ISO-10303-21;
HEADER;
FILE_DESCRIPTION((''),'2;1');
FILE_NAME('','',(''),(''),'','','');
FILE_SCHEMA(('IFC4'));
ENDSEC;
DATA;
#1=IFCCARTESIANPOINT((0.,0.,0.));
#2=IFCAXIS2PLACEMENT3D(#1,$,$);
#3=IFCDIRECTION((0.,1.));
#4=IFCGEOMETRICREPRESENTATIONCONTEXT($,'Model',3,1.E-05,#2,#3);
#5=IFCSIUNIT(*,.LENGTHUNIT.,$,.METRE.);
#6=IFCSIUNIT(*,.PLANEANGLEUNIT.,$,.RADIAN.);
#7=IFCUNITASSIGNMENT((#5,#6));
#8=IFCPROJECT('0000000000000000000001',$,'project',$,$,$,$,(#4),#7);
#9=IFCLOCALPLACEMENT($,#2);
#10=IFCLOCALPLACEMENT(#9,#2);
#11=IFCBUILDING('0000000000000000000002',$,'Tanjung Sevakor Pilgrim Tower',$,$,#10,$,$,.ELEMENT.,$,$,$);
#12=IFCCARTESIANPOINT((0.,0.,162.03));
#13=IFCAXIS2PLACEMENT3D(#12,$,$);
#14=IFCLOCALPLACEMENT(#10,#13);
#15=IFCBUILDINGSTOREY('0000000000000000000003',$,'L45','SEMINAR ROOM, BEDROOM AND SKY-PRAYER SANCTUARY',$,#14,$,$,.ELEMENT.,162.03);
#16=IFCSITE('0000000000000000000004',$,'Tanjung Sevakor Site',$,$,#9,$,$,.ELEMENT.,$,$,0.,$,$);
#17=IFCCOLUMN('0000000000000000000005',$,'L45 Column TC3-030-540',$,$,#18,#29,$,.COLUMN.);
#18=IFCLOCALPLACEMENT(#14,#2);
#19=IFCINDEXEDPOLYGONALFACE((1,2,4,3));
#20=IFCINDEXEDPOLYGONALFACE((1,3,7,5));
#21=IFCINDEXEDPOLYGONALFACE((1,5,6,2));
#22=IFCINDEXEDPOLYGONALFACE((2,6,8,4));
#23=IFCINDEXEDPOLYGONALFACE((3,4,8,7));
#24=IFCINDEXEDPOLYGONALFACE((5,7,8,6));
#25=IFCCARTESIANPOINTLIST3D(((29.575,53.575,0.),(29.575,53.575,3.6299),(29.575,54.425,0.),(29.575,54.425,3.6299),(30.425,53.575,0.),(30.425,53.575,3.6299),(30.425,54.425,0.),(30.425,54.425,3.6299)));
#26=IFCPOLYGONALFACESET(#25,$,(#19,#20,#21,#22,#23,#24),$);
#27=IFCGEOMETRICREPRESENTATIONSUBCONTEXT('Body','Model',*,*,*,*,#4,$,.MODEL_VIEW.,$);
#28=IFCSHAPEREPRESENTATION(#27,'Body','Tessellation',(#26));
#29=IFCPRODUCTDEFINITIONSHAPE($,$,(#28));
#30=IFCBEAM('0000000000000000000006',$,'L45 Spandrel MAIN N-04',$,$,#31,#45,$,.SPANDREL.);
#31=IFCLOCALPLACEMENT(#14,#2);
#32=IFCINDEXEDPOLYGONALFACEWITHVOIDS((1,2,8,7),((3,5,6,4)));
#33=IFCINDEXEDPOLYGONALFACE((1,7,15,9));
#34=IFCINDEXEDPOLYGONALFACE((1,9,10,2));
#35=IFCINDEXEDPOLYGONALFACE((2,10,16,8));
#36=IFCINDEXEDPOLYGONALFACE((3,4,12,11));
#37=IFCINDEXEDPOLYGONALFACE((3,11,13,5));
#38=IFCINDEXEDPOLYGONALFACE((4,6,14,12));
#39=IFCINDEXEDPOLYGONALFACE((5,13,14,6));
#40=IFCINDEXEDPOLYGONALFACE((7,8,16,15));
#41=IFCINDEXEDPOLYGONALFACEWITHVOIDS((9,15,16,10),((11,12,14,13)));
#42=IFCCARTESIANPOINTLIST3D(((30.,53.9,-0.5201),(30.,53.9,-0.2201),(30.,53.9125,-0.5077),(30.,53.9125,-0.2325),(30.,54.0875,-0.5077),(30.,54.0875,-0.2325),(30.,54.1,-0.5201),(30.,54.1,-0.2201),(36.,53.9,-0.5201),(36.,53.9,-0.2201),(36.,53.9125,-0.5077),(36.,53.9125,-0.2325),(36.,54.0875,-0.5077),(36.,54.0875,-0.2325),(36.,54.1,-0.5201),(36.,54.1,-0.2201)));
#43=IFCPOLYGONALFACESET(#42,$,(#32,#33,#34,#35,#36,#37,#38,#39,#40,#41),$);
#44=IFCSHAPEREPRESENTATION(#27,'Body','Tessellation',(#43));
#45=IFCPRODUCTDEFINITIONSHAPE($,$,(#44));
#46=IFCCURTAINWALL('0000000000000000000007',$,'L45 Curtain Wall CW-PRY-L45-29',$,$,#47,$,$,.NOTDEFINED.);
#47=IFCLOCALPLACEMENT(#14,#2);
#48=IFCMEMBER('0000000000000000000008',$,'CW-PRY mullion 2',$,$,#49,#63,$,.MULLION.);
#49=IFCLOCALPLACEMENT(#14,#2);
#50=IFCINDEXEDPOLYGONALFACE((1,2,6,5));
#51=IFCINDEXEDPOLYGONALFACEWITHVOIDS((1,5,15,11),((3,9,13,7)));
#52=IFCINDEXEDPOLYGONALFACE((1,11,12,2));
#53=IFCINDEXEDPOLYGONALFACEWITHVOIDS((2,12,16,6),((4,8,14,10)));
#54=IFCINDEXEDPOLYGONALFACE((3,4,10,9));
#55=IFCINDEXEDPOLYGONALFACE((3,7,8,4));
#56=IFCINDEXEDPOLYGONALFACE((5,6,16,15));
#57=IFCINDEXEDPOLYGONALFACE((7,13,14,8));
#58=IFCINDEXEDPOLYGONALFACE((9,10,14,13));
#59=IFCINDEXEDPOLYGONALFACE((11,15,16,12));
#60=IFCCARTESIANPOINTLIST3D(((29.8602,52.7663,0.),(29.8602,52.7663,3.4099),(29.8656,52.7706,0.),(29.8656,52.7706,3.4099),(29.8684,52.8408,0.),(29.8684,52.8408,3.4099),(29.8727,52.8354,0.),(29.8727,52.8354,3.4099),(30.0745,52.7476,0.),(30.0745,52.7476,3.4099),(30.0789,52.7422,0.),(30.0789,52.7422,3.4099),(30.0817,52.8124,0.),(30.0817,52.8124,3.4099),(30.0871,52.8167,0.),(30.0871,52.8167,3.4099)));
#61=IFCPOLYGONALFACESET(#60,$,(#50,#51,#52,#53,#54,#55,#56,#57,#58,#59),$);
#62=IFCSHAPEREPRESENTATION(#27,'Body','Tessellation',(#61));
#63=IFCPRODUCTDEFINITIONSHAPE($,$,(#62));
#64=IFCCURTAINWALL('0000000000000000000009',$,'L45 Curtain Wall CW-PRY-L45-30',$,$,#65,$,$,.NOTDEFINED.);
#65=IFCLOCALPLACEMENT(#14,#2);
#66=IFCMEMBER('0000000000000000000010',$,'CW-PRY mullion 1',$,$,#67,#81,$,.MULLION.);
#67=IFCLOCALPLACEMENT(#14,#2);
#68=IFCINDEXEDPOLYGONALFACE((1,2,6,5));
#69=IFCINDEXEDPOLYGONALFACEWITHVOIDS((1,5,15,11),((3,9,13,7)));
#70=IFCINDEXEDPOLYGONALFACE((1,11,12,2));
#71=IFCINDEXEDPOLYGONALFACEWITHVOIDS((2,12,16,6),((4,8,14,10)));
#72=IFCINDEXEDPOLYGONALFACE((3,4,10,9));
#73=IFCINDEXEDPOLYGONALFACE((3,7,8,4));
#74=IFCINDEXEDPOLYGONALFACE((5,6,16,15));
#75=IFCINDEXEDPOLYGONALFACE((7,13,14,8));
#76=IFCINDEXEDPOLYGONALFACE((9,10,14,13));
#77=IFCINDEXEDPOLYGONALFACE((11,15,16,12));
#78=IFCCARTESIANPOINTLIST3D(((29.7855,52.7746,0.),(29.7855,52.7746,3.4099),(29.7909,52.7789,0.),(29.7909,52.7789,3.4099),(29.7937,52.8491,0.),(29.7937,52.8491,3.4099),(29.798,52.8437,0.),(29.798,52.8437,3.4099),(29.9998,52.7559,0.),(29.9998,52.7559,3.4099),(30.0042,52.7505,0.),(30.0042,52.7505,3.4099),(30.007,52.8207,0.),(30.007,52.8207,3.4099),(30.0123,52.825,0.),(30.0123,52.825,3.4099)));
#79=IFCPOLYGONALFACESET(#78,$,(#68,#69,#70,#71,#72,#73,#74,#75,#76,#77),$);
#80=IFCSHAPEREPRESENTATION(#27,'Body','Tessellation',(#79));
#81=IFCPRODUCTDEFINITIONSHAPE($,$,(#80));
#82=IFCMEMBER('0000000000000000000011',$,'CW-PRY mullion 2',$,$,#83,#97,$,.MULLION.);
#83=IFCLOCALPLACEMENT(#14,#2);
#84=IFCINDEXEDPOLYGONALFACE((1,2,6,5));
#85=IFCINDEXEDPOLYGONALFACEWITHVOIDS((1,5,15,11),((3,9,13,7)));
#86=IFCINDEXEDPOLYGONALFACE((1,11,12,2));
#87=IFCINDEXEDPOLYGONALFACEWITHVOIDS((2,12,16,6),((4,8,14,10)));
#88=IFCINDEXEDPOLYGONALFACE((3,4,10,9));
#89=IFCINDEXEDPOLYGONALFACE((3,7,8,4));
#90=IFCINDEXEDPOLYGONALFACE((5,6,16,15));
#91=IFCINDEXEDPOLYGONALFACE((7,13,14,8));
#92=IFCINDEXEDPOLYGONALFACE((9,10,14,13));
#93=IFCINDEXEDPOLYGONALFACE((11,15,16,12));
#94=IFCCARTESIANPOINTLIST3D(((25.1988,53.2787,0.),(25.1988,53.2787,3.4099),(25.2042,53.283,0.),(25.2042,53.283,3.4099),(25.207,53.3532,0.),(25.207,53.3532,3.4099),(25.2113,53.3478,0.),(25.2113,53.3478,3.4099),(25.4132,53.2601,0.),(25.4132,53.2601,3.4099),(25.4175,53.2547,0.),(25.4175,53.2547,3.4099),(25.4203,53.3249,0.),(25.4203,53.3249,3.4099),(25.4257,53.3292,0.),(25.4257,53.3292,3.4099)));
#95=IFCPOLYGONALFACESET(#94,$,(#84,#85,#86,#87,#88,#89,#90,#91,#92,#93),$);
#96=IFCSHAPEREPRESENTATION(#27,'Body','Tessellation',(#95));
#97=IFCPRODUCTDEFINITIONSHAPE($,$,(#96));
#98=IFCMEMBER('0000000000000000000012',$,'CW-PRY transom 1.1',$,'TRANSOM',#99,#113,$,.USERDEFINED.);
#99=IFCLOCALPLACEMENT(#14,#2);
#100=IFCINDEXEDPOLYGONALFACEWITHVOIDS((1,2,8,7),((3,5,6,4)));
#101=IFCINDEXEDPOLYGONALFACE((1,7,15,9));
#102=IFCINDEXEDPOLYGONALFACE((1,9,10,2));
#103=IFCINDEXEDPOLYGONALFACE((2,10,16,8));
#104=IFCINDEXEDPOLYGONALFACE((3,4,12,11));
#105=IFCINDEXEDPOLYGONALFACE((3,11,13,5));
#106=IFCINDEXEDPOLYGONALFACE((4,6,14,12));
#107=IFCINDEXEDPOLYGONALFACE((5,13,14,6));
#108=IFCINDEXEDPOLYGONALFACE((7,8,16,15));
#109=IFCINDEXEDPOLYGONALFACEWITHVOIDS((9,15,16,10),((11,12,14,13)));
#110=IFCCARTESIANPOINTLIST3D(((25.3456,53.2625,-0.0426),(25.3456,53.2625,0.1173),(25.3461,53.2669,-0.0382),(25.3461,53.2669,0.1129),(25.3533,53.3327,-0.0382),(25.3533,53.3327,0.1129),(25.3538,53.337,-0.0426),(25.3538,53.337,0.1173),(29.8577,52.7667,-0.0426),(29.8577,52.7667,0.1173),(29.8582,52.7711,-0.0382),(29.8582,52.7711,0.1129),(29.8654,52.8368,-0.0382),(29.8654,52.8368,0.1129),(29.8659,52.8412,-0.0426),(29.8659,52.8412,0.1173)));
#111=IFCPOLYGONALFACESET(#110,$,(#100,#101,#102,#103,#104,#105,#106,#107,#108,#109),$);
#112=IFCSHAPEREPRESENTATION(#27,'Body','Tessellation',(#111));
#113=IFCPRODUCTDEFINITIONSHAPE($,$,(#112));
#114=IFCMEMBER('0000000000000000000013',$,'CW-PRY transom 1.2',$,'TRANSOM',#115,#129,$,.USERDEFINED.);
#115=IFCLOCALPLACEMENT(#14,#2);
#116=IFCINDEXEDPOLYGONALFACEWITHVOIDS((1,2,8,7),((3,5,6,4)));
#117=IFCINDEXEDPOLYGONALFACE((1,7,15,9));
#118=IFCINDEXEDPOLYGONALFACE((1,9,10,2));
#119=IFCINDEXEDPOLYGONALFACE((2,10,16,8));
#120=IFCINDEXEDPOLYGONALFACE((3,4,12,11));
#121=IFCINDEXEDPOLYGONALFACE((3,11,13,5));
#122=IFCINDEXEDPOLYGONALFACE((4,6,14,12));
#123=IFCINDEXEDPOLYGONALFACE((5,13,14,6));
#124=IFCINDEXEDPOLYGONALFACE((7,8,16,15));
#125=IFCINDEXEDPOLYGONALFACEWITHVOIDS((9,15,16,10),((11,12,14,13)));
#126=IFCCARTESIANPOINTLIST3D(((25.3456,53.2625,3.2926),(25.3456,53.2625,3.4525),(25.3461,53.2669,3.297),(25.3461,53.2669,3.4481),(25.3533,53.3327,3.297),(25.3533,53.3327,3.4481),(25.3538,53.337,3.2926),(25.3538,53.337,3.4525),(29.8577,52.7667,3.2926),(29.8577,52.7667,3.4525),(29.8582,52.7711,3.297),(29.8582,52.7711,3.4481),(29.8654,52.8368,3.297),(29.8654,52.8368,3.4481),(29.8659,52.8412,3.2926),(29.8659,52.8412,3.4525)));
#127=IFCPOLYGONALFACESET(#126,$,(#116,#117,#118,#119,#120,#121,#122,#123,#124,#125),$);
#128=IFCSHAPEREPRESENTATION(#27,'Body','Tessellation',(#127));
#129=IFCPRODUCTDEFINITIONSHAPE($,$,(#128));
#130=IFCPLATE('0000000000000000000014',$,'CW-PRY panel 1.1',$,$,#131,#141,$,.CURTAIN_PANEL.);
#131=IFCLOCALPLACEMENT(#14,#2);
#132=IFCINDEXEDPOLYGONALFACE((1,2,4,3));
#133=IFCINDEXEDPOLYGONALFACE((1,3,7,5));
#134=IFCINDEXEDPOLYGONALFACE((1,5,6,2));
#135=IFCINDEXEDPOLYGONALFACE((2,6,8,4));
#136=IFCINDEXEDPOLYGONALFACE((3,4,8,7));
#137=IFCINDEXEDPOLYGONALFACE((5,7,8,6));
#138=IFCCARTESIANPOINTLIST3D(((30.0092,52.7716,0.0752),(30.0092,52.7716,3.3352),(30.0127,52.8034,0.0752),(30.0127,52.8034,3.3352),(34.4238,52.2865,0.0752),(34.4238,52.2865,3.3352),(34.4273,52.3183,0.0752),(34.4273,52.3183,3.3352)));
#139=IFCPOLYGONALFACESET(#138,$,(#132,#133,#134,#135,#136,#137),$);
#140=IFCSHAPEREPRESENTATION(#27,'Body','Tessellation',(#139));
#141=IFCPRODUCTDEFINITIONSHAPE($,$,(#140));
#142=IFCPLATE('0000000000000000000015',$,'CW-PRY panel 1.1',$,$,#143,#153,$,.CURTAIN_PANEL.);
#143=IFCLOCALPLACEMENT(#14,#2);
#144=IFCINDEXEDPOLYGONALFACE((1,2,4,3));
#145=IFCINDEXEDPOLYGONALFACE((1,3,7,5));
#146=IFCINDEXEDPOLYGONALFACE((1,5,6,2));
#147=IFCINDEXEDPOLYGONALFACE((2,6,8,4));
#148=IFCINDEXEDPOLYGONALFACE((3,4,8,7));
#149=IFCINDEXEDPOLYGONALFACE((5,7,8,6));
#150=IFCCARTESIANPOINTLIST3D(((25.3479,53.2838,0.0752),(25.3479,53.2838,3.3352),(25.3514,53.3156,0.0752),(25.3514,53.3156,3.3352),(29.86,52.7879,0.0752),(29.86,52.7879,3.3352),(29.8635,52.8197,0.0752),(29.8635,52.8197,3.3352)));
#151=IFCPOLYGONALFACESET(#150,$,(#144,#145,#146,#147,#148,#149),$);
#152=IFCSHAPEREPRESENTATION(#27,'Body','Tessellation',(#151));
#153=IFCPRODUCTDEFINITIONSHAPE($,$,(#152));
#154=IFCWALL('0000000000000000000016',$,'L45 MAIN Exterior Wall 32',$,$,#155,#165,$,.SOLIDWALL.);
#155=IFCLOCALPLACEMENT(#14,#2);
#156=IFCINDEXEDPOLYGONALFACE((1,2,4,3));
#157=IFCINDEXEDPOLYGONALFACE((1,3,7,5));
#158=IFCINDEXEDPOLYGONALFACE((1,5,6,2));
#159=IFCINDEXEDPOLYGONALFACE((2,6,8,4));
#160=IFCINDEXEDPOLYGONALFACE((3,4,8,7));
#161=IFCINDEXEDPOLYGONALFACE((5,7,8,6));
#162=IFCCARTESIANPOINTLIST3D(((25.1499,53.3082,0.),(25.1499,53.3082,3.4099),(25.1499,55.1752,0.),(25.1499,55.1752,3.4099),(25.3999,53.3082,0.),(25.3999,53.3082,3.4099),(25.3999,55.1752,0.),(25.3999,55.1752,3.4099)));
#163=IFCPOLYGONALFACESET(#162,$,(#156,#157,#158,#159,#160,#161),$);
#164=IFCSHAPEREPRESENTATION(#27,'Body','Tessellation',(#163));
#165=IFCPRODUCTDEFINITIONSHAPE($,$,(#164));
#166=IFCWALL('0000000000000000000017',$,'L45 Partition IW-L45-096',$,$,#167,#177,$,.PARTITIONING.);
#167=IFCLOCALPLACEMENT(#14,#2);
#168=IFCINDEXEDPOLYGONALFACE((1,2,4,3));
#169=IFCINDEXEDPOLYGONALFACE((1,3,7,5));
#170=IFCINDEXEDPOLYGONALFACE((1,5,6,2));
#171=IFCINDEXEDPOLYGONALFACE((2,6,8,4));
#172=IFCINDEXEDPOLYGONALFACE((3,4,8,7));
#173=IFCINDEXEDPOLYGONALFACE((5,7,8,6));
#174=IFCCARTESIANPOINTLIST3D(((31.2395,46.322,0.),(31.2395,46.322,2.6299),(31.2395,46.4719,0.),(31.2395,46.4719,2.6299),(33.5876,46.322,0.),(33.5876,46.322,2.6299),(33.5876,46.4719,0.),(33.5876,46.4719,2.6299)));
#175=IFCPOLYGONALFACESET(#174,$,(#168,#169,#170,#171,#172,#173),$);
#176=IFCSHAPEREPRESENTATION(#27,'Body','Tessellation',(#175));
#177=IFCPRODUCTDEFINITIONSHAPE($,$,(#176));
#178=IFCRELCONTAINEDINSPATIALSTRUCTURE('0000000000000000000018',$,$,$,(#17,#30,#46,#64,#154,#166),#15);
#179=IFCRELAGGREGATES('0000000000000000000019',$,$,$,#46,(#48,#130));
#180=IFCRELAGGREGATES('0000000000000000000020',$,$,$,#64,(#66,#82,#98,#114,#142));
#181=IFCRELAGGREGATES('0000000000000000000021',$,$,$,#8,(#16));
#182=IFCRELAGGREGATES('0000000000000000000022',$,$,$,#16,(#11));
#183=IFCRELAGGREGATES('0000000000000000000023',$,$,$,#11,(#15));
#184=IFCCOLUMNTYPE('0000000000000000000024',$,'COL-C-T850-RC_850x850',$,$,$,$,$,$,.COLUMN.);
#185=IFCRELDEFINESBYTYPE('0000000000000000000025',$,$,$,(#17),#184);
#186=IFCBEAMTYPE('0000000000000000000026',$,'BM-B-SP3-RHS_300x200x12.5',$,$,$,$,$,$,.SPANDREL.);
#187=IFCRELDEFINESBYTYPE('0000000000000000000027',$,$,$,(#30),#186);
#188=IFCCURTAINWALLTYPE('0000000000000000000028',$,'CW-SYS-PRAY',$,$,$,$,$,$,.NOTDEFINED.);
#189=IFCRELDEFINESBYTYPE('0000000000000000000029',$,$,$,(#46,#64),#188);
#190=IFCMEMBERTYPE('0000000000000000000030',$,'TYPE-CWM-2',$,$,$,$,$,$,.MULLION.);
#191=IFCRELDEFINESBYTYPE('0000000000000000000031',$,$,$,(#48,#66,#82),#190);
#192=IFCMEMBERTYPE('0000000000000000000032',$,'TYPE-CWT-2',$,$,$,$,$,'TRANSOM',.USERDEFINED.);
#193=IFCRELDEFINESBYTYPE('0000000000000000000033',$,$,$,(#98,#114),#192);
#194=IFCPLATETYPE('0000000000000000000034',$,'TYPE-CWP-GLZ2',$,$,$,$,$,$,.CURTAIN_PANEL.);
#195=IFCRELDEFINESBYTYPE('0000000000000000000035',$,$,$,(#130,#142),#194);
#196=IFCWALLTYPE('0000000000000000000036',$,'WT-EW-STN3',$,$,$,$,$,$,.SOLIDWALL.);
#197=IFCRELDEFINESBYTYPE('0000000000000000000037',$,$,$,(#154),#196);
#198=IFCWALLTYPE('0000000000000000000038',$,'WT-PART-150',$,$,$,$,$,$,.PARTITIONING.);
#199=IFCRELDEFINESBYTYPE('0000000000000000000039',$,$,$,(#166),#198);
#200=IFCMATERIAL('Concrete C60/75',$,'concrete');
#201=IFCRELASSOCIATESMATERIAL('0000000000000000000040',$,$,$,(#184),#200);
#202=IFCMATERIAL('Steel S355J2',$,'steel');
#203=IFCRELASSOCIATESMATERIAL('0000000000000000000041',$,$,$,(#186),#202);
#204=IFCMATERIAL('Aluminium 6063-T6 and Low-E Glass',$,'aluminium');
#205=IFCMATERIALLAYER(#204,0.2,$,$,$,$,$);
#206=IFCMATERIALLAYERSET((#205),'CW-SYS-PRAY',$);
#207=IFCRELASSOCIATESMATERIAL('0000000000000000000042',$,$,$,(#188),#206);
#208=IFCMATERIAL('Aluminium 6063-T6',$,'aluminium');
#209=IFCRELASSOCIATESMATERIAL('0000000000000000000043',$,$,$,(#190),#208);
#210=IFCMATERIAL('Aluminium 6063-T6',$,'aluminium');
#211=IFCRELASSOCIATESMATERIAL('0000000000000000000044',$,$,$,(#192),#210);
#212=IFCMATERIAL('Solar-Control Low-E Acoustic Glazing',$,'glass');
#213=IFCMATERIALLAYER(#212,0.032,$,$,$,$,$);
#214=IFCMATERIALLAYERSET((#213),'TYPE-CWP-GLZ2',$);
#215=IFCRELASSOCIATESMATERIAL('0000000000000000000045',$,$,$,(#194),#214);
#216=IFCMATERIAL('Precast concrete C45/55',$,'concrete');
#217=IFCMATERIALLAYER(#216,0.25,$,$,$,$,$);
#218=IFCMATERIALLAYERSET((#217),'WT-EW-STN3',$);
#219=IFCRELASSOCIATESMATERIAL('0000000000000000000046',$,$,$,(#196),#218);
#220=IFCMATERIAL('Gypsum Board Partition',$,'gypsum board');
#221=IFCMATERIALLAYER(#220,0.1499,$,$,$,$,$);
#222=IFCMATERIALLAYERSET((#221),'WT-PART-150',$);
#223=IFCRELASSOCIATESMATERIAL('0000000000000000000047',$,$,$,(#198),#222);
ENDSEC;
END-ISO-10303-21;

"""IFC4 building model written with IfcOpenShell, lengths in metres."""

from ifc_helpers import new_model, si_unit, direction, frame, frame_2d, origin, origin_2d, place, context, subcontext, project, spatial, rectangle, hollow_rectangle, extrude, material, layer, layer_set, material_profile, profile_set, type_object, element, aggregate, save


model = new_model("IFC4")

# Units and contexts
model_context = context("Model", 3, precision=1e-05, world=origin(), true_north=direction((0.0, 1.0)))
body_context = subcontext(model_context, "Body", "Model", "MODEL_VIEW")
ifc_project = project(units=[si_unit("LENGTHUNIT", "METRE"), si_unit("PLANEANGLEUNIT", "RADIAN")], contexts=[model_context])

# Site, building, storey
site_placement = place(None, origin())
site = spatial("IfcSite", under=ifc_project, at=site_placement, Name="Tanjung Sevakor Site", CompositionType="ELEMENT", RefElevation=0.0)
building_placement = place(site_placement, origin())
building = spatial("IfcBuilding", under=site, at=building_placement, Name="Tanjung Sevakor Pilgrim Tower", CompositionType="ELEMENT")
storey_placement = place(building_placement, frame((0.0, 0.0, 162.03)))
storey = spatial("IfcBuildingStorey", under=building, at=storey_placement, Name="L45", Description="SEMINAR ROOM, BEDROOM AND SKY-PRAYER SANCTUARY", CompositionType="ELEMENT", Elevation=162.03)

# Column
ifc_material_1 = material(Name="Concrete C60/75", Category="concrete")
ifc_material_profile_1 = material_profile(ifc_material_1, rectangle(XDim=0.8501, YDim=0.8501, at=origin_2d()))
ifc_profile_set_1 = profile_set([ifc_material_profile_1], Name="Concrete C60/75")
column_type = type_object("IfcColumnType", Name="COL-C-T850-RC_850x850", PredefinedType="COLUMN", material=ifc_profile_set_1)
column_placement = place(storey_placement, frame((30.0, 54.0, 0.0), z_axis=(0.0, 0.0, 1.0), x_axis=(1.0, 0.0, 0.0)))
element("IfcColumn", 1, at=column_placement, inside=storey, type_object=column_type, Name="L45 Column TC3-030-540", PredefinedType="COLUMN", context=body_context, shape_type="SweptSolid", body=[
    extrude(rectangle(XDim=0.8501, YDim=0.8501, at=origin_2d()), origin(), (0.0, 0.0, 1.0), 3.6299),
])

# Beam
ifc_material_2 = material(Name="Steel S355J2", Category="steel")
ifc_material_profile_2 = material_profile(ifc_material_2, hollow_rectangle(XDim=0.2, YDim=0.3, WallThickness=0.0125, at=origin_2d()))
ifc_profile_set_2 = profile_set([ifc_material_profile_2], Name="Steel S355J2")
beam_type = type_object("IfcBeamType", Name="BM-B-SP3-RHS_300x200x12.5", PredefinedType="SPANDREL", material=ifc_profile_set_2)
beam_placement = place(storey_placement, frame((30.0, 54.0, -0.3701), z_axis=(1.0, 0.0, 0.0), x_axis=(0.0, 1.0, 0.0)))
element("IfcBeam", 2, at=beam_placement, inside=storey, type_object=beam_type, Name="L45 Spandrel MAIN N-04", PredefinedType="SPANDREL", context=body_context, shape_type="SweptSolid", body=[
    extrude(hollow_rectangle(XDim=0.2, YDim=0.3, WallThickness=0.0125, at=origin_2d()), origin(), (0.0, 0.0, 1.0), 6.0),
])

# Curtain wall, member
ifc_material_3 = material(Name="Aluminium 6063-T6 and Low-E Glass", Category="aluminium")
ifc_layer_1 = layer(ifc_material_3, 0.2)
ifc_layer_set_1 = layer_set([ifc_layer_1], Name="CW-SYS-PRAY")
curtain_wall_type = type_object("IfcCurtainWallType", Name="CW-SYS-PRAY", PredefinedType="NOTDEFINED", material=ifc_layer_set_1)
curtain_wall_1_placement = place(storey_placement, origin())
curtain_wall_1 = element("IfcCurtainWall", 3, at=curtain_wall_1_placement, inside=storey, type_object=curtain_wall_type, Name="L45 Curtain Wall CW-PRY-L45-29", PredefinedType="NOTDEFINED")
ifc_material_4 = material(Name="Aluminium 6063-T6", Category="aluminium")
ifc_material_profile_3 = material_profile(ifc_material_4, hollow_rectangle(XDim=0.075, YDim=0.22, WallThickness=0.0049, at=origin_2d()))
ifc_profile_set_3 = profile_set([ifc_material_profile_3], Name="Aluminium 6063-T6")
member_type_1 = type_object("IfcMemberType", Name="TYPE-CWM-2", PredefinedType="MULLION", material=ifc_profile_set_3)
member_1_placement = place(storey_placement, frame((29.9736, 52.7915, 0.0), z_axis=(0.0, 0.0, 1.0), x_axis=(-0.109231, -0.994016, 0.0)))
member_1 = element("IfcMember", 4, at=member_1_placement, type_object=member_type_1, Name="CW-PRY mullion 2", PredefinedType="MULLION", context=body_context, shape_type="SweptSolid", body=[
    extrude(hollow_rectangle(XDim=0.075, YDim=0.22, WallThickness=0.0049, at=origin_2d()), origin(), (0.0, 0.0, 1.0), 3.4099),
])

# Curtain wall, members
curtain_wall_2_placement = place(storey_placement, origin())
curtain_wall_2 = element("IfcCurtainWall", 5, at=curtain_wall_2_placement, inside=storey, type_object=curtain_wall_type, Name="L45 Curtain Wall CW-PRY-L45-30", PredefinedType="NOTDEFINED")
member_2_placement = place(storey_placement, frame((29.8989, 52.7998, 0.0), z_axis=(0.0, 0.0, 1.0), x_axis=(-0.109247, -0.994015, 0.0)))
member_2 = element("IfcMember", 6, at=member_2_placement, type_object=member_type_1, Name="CW-PRY mullion 1", PredefinedType="MULLION", context=body_context, shape_type="SweptSolid", body=[
    extrude(hollow_rectangle(XDim=0.075, YDim=0.22, WallThickness=0.0049, at=origin_2d()), origin(), (0.0, 0.0, 1.0), 3.4099),
])
member_3_placement = place(storey_placement, frame((25.3123, 53.304, 0.0), z_axis=(0.0, 0.0, 1.0), x_axis=(-0.109247, -0.994015, 0.0)))
member_3 = element("IfcMember", 7, at=member_3_placement, type_object=member_type_1, Name="CW-PRY mullion 2", PredefinedType="MULLION", context=body_context, shape_type="SweptSolid", body=[
    extrude(hollow_rectangle(XDim=0.075, YDim=0.22, WallThickness=0.0049, at=origin_2d()), origin(), (0.0, 0.0, 1.0), 3.4099),
])
ifc_material_5 = material(Name="Aluminium 6063-T6", Category="aluminium")
ifc_material_profile_4 = material_profile(ifc_material_5, hollow_rectangle(XDim=0.075, YDim=0.1599, WallThickness=0.0044, at=origin_2d()))
ifc_profile_set_4 = profile_set([ifc_material_profile_4], Name="Aluminium 6063-T6")
member_type_2 = type_object("IfcMemberType", Name="TYPE-CWT-2", ElementType="TRANSOM", PredefinedType="USERDEFINED", material=ifc_profile_set_4)
member_4_placement = place(storey_placement, frame((29.8618, 52.804, 0.0374), z_axis=(-0.994016, 0.109233, 0.0), x_axis=(-0.109233, -0.994016, 0.0)))
member_4 = element("IfcMember", 8, at=member_4_placement, type_object=member_type_2, Name="CW-PRY transom 1.1", ObjectType="TRANSOM", PredefinedType="USERDEFINED", context=body_context, shape_type="SweptSolid", body=[
    extrude(hollow_rectangle(XDim=0.075, YDim=0.1599, WallThickness=0.0044, at=origin_2d()), origin(), (0.0, 0.0, 1.0), 4.5393),
])
member_5_placement = place(storey_placement, frame((29.8618, 52.804, 3.3726), z_axis=(-0.994016, 0.109233, 0.0), x_axis=(-0.109233, -0.994016, 0.0)))
member_5 = element("IfcMember", 9, at=member_5_placement, type_object=member_type_2, Name="CW-PRY transom 1.2", ObjectType="TRANSOM", PredefinedType="USERDEFINED", context=body_context, shape_type="SweptSolid", body=[
    extrude(hollow_rectangle(XDim=0.075, YDim=0.1599, WallThickness=0.0044, at=origin_2d()), origin(), (0.0, 0.0, 1.0), 4.5393),
])

# Plates
ifc_material_6 = material(Name="Solar-Control Low-E Acoustic Glazing", Category="glass")
ifc_layer_2 = layer(ifc_material_6, 0.032)
ifc_layer_set_2 = layer_set([ifc_layer_2], Name="TYPE-CWP-GLZ2")
plate_type = type_object("IfcPlateType", Name="TYPE-CWP-GLZ2", PredefinedType="CURTAIN_PANEL", material=ifc_layer_set_2)
plate_1_placement = place(storey_placement, frame((32.2183, 52.5449, 0.0752), z_axis=(0.0, 0.0, 1.0), x_axis=(-0.994016, 0.109231, 0.0)))
plate_1 = element("IfcPlate", 10, at=plate_1_placement, type_object=plate_type, Name="CW-PRY panel 1.1", PredefinedType="CURTAIN_PANEL", context=body_context, shape_type="SweptSolid", body=[
    extrude(rectangle(XDim=4.4412, YDim=0.032, at=origin_2d()), origin(), (0.0, 0.0, 1.0), 3.26),
])
aggregate(curtain_wall_1, [member_1, plate_1])
plate_2_placement = place(storey_placement, frame((27.6057, 53.0518, 0.0752), z_axis=(0.0, 0.0, 1.0), x_axis=(-0.994015, 0.109247, 0.0)))
plate_2 = element("IfcPlate", 11, at=plate_2_placement, type_object=plate_type, Name="CW-PRY panel 1.1", PredefinedType="CURTAIN_PANEL", context=body_context, shape_type="SweptSolid", body=[
    extrude(rectangle(XDim=4.5393, YDim=0.032, at=origin_2d()), origin(), (0.0, 0.0, 1.0), 3.26),
])
aggregate(curtain_wall_2, [member_2, member_3, member_4, member_5, plate_2])

# Walls
ifc_material_7 = material(Name="Precast concrete C45/55", Category="concrete")
ifc_layer_3 = layer(ifc_material_7, 0.25)
ifc_layer_set_3 = layer_set([ifc_layer_3], Name="WT-EW-STN3")
wall_type_1 = type_object("IfcWallType", Name="WT-EW-STN3", PredefinedType="SOLIDWALL", material=ifc_layer_set_3)
wall_1_placement = place(storey_placement, frame((25.2749, 53.3081, 0.0), z_axis=(0.0, 0.0, 1.0), x_axis=(0.0, 1.0, 0.0)))
element("IfcWall", 12, at=wall_1_placement, inside=storey, type_object=wall_type_1, Name="L45 MAIN Exterior Wall 32", PredefinedType="SOLIDWALL", context=body_context, shape_type="SweptSolid", body=[
    extrude(rectangle(XDim=1.8669, YDim=0.25, at=frame_2d((0.9336, 0.0))), origin(), (0.0, 0.0, 1.0), 3.4099),
])
ifc_material_8 = material(Name="Gypsum Board Partition", Category="gypsum board")
ifc_layer_4 = layer(ifc_material_8, 0.1499)
ifc_layer_set_4 = layer_set([ifc_layer_4], Name="WT-PART-150")
wall_type_2 = type_object("IfcWallType", Name="WT-PART-150", PredefinedType="PARTITIONING", material=ifc_layer_set_4)
wall_2_placement = place(storey_placement, frame((31.2395, 46.397, 0.0), z_axis=(0.0, 0.0, 1.0), x_axis=(1.0, 0.0, 0.0)))
element("IfcWall", 13, at=wall_2_placement, inside=storey, type_object=wall_type_2, Name="L45 Partition IW-L45-096", PredefinedType="PARTITIONING", context=body_context, shape_type="SweptSolid", body=[
    extrude(rectangle(XDim=2.3481, YDim=0.1499, at=frame_2d((1.1741, 0.0))), origin(), (0.0, 0.0, 1.0), 2.6299),
])

save(model, "model.ifc")
